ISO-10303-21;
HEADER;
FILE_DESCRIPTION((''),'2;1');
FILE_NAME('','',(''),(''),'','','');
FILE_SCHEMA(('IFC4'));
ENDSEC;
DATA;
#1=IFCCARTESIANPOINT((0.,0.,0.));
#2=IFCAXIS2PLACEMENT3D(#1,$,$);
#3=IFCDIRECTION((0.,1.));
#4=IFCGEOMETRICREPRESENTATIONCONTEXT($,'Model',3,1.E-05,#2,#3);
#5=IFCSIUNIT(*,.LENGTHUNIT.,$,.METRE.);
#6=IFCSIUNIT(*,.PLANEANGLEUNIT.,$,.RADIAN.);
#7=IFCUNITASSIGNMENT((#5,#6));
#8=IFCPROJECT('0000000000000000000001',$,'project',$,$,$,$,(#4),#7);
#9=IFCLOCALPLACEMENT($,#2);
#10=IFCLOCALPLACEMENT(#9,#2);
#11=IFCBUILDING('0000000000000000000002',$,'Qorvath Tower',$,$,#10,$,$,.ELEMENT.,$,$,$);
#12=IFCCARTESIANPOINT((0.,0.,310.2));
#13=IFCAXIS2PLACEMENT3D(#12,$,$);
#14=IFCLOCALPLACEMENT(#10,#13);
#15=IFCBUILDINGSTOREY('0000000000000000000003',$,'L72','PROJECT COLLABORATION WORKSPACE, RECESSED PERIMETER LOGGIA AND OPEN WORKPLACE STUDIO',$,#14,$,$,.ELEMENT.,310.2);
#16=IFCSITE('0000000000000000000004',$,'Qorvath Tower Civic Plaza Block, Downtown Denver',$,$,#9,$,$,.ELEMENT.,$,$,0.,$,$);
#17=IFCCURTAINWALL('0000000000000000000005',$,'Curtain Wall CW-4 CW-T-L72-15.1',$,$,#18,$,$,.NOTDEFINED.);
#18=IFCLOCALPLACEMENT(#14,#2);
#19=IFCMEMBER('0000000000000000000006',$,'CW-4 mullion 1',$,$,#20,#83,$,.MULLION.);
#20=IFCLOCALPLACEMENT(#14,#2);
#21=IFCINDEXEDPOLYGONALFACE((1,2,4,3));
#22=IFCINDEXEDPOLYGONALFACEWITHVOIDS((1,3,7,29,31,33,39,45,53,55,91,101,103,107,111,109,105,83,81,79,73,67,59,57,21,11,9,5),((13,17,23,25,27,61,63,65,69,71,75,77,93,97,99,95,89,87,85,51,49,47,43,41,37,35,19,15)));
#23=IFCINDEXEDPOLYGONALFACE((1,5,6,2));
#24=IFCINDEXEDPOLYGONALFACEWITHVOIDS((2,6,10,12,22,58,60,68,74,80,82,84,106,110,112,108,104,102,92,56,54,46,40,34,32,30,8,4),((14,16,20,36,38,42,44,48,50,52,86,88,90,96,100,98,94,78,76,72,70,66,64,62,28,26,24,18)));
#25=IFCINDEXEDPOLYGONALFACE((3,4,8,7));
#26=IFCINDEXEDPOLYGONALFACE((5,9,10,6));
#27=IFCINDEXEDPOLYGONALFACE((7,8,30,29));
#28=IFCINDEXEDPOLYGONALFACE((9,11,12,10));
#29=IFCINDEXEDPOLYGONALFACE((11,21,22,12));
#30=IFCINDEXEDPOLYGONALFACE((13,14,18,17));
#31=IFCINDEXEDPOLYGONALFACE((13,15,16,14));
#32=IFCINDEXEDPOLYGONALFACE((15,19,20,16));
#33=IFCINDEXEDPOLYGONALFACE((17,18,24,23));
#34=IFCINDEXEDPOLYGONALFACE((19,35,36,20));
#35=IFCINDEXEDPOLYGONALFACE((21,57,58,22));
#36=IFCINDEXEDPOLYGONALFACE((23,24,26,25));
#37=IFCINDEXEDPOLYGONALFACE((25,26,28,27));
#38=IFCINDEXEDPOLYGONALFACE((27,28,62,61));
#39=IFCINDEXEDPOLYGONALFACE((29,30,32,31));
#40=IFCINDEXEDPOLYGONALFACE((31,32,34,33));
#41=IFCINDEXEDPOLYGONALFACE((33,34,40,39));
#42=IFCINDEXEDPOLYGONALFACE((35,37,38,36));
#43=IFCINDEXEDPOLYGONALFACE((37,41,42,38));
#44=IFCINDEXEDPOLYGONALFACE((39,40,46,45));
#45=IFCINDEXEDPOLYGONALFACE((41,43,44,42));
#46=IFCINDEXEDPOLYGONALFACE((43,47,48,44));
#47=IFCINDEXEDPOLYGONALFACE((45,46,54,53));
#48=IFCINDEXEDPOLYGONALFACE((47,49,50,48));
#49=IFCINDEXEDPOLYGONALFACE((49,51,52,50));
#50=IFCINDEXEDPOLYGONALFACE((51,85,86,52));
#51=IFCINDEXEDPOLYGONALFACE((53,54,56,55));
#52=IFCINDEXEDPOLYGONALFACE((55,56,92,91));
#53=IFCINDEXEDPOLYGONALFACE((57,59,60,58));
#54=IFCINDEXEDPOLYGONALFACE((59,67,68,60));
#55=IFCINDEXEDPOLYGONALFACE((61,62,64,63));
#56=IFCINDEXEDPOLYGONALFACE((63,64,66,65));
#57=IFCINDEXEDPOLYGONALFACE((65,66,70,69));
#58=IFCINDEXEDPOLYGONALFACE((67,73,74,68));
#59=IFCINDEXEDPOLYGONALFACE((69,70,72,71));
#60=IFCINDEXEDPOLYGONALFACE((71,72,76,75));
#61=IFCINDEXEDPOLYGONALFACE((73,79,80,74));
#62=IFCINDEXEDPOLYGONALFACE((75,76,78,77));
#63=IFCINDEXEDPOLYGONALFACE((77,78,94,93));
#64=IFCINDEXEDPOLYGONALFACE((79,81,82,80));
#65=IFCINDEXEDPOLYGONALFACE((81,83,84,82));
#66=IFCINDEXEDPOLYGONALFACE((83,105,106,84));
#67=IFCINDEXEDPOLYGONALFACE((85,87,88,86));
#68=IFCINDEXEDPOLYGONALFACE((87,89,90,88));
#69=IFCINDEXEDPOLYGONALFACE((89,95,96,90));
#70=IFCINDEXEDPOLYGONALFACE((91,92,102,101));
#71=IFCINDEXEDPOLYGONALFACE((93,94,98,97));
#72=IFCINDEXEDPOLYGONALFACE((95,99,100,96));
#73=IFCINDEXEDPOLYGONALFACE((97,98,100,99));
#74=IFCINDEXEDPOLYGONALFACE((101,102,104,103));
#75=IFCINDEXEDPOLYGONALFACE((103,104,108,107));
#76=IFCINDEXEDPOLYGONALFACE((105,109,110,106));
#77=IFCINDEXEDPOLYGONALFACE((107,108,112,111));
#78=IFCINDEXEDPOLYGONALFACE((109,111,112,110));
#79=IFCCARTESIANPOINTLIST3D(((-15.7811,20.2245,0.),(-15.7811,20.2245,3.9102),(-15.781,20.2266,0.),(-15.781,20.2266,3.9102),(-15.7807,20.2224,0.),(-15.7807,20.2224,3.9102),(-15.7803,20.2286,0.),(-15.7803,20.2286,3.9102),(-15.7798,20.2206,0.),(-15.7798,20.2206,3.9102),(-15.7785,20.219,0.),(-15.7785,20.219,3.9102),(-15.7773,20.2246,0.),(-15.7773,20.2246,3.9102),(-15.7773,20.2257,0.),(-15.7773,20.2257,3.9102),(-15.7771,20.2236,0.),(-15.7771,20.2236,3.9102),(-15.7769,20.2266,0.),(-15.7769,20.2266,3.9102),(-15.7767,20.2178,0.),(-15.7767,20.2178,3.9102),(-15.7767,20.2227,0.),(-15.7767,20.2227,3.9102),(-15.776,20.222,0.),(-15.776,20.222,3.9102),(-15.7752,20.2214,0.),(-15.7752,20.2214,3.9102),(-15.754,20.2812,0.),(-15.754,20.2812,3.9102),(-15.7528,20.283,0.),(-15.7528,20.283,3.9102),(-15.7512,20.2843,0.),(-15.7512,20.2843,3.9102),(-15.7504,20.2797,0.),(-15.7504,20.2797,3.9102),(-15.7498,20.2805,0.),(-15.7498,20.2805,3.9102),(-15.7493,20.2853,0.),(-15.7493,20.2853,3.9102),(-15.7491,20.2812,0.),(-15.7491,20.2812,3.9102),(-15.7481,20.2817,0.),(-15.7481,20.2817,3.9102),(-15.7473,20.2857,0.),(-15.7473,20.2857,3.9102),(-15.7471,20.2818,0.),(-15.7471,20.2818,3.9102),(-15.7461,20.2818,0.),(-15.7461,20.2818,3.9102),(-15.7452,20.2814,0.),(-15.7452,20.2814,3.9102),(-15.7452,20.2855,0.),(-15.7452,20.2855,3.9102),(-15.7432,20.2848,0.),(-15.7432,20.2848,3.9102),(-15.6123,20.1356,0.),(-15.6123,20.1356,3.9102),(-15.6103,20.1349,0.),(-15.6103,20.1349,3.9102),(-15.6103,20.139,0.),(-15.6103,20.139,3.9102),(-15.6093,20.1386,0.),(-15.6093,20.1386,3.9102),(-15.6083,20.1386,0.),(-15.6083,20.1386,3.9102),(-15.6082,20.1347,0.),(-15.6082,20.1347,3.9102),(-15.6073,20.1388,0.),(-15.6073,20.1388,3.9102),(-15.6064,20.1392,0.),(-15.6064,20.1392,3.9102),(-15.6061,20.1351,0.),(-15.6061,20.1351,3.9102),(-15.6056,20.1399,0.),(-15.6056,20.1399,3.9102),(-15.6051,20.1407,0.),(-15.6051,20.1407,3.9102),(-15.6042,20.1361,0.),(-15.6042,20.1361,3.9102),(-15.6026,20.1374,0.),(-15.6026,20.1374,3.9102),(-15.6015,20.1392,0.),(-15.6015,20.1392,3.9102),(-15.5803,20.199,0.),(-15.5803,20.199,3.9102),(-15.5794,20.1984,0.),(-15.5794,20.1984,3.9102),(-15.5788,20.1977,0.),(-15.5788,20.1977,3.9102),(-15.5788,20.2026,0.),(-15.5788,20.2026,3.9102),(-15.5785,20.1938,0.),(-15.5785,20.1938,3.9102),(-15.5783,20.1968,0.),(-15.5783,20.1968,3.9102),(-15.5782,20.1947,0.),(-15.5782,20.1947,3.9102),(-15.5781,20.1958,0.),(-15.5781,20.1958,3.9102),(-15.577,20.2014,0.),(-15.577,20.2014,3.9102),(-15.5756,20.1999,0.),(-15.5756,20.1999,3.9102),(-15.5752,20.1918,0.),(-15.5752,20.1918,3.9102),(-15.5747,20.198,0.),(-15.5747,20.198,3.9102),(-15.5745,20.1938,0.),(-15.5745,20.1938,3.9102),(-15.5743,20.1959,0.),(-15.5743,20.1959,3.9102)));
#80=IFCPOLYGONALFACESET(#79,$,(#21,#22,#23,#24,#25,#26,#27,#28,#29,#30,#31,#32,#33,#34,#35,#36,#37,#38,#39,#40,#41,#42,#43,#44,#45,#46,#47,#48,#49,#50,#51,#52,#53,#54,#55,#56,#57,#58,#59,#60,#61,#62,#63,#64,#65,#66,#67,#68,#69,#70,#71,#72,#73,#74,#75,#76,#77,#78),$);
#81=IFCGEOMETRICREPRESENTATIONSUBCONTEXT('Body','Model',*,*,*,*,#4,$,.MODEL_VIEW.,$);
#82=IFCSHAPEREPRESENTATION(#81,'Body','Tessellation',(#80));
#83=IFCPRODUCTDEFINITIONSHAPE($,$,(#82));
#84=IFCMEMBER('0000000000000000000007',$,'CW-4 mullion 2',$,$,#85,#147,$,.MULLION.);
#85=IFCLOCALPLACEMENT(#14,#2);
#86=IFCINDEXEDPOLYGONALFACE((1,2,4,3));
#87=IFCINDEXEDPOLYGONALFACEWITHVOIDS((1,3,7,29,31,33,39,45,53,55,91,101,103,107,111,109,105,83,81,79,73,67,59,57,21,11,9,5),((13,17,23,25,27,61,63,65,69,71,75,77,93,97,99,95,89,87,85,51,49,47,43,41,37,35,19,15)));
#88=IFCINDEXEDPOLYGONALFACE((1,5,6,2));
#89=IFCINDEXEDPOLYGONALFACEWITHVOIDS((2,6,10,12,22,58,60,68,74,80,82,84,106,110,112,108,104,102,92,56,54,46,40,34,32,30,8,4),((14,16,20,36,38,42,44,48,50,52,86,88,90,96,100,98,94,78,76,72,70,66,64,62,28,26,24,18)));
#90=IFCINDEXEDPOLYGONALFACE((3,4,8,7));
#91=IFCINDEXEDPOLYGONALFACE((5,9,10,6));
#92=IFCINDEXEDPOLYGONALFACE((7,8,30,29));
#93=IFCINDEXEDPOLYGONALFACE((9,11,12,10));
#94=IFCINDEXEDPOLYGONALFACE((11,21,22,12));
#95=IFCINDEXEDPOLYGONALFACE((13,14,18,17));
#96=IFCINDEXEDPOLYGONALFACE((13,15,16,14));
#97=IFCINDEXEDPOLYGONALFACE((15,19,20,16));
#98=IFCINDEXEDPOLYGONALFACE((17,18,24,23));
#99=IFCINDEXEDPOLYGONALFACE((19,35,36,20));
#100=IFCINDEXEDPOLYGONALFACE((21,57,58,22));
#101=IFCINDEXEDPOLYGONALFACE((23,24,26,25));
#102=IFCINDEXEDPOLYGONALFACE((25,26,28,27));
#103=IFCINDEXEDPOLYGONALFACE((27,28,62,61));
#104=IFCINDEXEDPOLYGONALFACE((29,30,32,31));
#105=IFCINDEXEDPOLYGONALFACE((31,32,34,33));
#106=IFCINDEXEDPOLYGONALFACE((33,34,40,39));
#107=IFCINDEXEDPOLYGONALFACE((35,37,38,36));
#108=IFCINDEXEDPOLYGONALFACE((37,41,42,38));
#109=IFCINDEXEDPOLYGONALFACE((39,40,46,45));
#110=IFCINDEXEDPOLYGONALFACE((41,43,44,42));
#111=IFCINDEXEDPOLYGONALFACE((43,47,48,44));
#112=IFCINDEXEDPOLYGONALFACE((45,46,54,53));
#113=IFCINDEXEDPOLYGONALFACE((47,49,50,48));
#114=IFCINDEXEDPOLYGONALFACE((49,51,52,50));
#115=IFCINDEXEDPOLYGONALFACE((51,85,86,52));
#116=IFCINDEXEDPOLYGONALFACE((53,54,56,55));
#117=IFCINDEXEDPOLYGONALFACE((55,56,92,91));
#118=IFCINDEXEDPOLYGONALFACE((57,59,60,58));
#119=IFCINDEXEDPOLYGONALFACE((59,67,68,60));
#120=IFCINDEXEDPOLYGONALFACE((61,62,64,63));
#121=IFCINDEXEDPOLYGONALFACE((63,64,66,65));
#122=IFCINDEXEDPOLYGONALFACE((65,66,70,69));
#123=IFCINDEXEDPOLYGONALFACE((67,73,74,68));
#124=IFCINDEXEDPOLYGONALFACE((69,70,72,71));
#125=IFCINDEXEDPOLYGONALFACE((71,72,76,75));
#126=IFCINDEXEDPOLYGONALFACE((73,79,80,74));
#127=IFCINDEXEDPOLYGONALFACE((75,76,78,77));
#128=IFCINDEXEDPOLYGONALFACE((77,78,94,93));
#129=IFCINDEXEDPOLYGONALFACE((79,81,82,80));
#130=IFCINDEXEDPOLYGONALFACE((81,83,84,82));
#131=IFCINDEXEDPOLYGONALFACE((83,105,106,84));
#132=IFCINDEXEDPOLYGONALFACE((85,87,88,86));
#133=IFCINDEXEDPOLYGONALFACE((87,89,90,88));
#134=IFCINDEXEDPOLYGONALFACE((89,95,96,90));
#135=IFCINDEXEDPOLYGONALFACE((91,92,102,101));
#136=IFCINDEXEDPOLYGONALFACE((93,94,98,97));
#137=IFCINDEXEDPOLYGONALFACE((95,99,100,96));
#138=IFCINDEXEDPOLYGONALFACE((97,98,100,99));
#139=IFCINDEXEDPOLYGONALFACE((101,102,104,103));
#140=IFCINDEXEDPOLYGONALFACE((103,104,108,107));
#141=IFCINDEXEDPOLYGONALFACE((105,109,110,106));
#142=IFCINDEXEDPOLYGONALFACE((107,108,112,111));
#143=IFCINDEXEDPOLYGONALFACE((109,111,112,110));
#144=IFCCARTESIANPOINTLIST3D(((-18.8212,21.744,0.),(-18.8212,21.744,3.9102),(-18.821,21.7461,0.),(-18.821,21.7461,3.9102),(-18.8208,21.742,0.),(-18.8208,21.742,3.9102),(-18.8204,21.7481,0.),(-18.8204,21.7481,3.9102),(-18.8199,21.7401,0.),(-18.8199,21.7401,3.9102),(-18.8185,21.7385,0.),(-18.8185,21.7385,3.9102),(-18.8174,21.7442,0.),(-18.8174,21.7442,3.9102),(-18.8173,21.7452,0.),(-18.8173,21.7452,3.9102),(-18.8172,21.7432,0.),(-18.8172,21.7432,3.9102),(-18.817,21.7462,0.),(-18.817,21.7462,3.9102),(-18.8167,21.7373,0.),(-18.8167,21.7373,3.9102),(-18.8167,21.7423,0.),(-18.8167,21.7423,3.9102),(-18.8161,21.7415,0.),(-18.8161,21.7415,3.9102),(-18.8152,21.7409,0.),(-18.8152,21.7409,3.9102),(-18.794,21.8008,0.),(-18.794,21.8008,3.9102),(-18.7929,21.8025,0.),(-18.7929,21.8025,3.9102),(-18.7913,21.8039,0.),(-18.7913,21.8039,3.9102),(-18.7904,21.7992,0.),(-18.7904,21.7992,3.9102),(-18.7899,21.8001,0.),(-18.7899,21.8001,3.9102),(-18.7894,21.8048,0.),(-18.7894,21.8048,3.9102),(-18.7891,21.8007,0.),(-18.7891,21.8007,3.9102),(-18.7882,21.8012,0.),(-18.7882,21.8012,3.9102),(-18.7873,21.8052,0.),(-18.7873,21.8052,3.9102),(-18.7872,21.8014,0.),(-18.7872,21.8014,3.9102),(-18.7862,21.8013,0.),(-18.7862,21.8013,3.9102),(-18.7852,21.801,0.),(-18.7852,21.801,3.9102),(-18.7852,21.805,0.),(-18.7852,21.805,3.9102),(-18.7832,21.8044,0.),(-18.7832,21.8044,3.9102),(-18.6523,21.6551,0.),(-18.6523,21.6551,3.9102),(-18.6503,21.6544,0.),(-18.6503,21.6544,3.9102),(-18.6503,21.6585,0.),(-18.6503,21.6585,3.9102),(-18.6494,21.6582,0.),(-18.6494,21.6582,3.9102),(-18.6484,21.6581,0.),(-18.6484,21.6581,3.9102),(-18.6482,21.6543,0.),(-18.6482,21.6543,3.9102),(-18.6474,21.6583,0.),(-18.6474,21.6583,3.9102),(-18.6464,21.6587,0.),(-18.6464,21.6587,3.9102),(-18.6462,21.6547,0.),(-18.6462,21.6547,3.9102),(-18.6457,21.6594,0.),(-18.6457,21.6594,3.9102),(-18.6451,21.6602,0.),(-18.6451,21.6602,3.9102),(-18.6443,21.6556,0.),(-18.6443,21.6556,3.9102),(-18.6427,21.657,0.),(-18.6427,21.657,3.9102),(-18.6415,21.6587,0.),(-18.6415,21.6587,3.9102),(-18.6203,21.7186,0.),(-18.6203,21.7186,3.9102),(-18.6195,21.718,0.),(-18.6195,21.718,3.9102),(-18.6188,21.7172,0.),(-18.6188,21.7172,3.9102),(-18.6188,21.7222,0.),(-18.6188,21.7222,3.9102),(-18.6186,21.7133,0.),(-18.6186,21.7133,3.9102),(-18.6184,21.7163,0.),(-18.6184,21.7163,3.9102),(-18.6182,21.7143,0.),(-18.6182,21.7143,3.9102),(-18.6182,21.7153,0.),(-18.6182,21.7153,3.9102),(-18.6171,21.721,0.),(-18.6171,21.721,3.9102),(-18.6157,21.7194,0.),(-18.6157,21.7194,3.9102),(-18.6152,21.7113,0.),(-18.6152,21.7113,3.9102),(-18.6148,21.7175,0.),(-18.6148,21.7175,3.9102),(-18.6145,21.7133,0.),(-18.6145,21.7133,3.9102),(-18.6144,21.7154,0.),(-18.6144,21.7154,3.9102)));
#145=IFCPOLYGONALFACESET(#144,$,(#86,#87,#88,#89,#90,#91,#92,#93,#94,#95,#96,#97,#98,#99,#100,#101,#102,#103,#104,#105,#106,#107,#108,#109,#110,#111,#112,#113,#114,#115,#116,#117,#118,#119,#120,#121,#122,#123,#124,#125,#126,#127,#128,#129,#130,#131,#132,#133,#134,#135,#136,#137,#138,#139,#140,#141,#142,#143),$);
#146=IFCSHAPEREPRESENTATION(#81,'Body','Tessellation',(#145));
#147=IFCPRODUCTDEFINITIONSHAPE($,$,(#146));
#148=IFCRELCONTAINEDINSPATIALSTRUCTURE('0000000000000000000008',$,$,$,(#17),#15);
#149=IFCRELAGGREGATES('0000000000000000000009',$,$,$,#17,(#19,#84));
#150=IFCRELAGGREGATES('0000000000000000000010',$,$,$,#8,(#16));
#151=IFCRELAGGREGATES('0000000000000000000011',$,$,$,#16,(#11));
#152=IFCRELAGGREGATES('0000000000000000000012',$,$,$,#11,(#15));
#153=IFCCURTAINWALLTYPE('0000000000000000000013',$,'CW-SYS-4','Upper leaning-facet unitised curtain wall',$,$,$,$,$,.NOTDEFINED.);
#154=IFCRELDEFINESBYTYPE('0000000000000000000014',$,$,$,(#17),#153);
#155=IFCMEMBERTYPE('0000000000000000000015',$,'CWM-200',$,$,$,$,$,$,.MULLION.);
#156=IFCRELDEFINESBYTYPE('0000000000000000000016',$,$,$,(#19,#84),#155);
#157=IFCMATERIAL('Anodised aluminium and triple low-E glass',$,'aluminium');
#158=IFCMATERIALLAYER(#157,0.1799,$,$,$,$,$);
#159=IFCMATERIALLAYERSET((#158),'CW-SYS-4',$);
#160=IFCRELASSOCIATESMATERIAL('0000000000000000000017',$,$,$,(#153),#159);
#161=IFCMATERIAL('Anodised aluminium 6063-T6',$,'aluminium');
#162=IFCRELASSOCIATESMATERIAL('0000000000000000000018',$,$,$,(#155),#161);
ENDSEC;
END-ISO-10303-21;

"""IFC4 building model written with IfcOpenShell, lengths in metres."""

from ifc_helpers import new_model, si_unit, direction, frame, origin, origin_2d, place, context, subcontext, project, spatial, hollow_rectangle, extrude, material, layer, layer_set, material_profile, profile_set, type_object, element, aggregate, save


model = new_model("IFC4")

# Units and contexts
model_context = context("Model", 3, precision=1e-05, world=origin(), true_north=direction((0.0, 1.0)))
body_context = subcontext(model_context, "Body", "Model", "MODEL_VIEW")
ifc_project = project(units=[si_unit("LENGTHUNIT", "METRE"), si_unit("PLANEANGLEUNIT", "RADIAN")], contexts=[model_context])

# Site, building, storey
site_placement = place(None, origin())
site = spatial("IfcSite", under=ifc_project, at=site_placement, Name="Qorvath Tower Civic Plaza Block, Downtown Denver", CompositionType="ELEMENT", RefElevation=0.0)
building_placement = place(site_placement, origin())
building = spatial("IfcBuilding", under=site, at=building_placement, Name="Qorvath Tower", CompositionType="ELEMENT")
storey_placement = place(building_placement, frame((0.0, 0.0, 310.2)))
storey = spatial("IfcBuildingStorey", under=building, at=storey_placement, Name="L72", Description="PROJECT COLLABORATION WORKSPACE, RECESSED PERIMETER LOGGIA AND OPEN WORKPLACE STUDIO", CompositionType="ELEMENT", Elevation=310.2)

# Shared definitions
ifc_material_1 = material(Name="Anodised aluminium and triple low-E glass", Category="aluminium")
ifc_layer_1 = layer(ifc_material_1, 0.1799)
ifc_layer_set_1 = layer_set([ifc_layer_1], Name="CW-SYS-4")
curtain_wall_type = type_object("IfcCurtainWallType", Name="CW-SYS-4", Description="Upper leaning-facet unitised curtain wall", PredefinedType="NOTDEFINED", material=ifc_layer_set_1)
ifc_material_2 = material(Name="Anodised aluminium 6063-T6", Category="aluminium")
ifc_material_profile_1 = material_profile(ifc_material_2, hollow_rectangle(XDim=0.075, YDim=0.2, WallThickness=0.0039, InnerFilletRadius=0.0039, OuterFilletRadius=0.0081, at=origin_2d()), Name="CWM 200x75")
ifc_profile_set_1 = profile_set([ifc_material_profile_1], Name="Anodised aluminium 6063-T6")
member_type_1 = type_object("IfcMemberType", Name="CWM-200", PredefinedType="MULLION", material=ifc_profile_set_1)

# Curtain wall, members
curtain_wall_1_placement = place(storey_placement, origin())
curtain_wall_1 = element("IfcCurtainWall", 1, at=curtain_wall_1_placement, inside=storey, type_object=curtain_wall_type, Name="Curtain Wall CW-4 CW-T-L72-15.1", PredefinedType="NOTDEFINED")
member_1_placement = place(storey_placement, frame((-15.6777, 20.2102, 0.0), z_axis=(0.0, 0.0, 1.0), x_axis=(-0.447156, -0.894456, 0.0)))
member_1 = element("IfcMember", 2, at=member_1_placement, type_object=member_type_1, Name="CW-4 mullion 1", PredefinedType="MULLION", context=body_context, shape_type="SweptSolid", body=[
    extrude(hollow_rectangle(XDim=0.075, YDim=0.2, WallThickness=0.0039, InnerFilletRadius=0.0039, OuterFilletRadius=0.0081, at=origin_2d()), origin(), (0.0, 0.0, 1.0), 3.9102),
])
member_2_placement = place(storey_placement, frame((-18.7178, 21.7297, 0.0), z_axis=(0.0, 0.0, 1.0), x_axis=(-0.447156, -0.894456, 0.0)))
member_2 = element("IfcMember", 3, at=member_2_placement, type_object=member_type_1, Name="CW-4 mullion 2", PredefinedType="MULLION", context=body_context, shape_type="SweptSolid", body=[
    extrude(hollow_rectangle(XDim=0.075, YDim=0.2, WallThickness=0.0039, InnerFilletRadius=0.0039, OuterFilletRadius=0.0081, at=origin_2d()), origin(), (0.0, 0.0, 1.0), 3.9102),
])

aggregate(curtain_wall_1, [member_1, member_2])

save(model, "model.ifc")
